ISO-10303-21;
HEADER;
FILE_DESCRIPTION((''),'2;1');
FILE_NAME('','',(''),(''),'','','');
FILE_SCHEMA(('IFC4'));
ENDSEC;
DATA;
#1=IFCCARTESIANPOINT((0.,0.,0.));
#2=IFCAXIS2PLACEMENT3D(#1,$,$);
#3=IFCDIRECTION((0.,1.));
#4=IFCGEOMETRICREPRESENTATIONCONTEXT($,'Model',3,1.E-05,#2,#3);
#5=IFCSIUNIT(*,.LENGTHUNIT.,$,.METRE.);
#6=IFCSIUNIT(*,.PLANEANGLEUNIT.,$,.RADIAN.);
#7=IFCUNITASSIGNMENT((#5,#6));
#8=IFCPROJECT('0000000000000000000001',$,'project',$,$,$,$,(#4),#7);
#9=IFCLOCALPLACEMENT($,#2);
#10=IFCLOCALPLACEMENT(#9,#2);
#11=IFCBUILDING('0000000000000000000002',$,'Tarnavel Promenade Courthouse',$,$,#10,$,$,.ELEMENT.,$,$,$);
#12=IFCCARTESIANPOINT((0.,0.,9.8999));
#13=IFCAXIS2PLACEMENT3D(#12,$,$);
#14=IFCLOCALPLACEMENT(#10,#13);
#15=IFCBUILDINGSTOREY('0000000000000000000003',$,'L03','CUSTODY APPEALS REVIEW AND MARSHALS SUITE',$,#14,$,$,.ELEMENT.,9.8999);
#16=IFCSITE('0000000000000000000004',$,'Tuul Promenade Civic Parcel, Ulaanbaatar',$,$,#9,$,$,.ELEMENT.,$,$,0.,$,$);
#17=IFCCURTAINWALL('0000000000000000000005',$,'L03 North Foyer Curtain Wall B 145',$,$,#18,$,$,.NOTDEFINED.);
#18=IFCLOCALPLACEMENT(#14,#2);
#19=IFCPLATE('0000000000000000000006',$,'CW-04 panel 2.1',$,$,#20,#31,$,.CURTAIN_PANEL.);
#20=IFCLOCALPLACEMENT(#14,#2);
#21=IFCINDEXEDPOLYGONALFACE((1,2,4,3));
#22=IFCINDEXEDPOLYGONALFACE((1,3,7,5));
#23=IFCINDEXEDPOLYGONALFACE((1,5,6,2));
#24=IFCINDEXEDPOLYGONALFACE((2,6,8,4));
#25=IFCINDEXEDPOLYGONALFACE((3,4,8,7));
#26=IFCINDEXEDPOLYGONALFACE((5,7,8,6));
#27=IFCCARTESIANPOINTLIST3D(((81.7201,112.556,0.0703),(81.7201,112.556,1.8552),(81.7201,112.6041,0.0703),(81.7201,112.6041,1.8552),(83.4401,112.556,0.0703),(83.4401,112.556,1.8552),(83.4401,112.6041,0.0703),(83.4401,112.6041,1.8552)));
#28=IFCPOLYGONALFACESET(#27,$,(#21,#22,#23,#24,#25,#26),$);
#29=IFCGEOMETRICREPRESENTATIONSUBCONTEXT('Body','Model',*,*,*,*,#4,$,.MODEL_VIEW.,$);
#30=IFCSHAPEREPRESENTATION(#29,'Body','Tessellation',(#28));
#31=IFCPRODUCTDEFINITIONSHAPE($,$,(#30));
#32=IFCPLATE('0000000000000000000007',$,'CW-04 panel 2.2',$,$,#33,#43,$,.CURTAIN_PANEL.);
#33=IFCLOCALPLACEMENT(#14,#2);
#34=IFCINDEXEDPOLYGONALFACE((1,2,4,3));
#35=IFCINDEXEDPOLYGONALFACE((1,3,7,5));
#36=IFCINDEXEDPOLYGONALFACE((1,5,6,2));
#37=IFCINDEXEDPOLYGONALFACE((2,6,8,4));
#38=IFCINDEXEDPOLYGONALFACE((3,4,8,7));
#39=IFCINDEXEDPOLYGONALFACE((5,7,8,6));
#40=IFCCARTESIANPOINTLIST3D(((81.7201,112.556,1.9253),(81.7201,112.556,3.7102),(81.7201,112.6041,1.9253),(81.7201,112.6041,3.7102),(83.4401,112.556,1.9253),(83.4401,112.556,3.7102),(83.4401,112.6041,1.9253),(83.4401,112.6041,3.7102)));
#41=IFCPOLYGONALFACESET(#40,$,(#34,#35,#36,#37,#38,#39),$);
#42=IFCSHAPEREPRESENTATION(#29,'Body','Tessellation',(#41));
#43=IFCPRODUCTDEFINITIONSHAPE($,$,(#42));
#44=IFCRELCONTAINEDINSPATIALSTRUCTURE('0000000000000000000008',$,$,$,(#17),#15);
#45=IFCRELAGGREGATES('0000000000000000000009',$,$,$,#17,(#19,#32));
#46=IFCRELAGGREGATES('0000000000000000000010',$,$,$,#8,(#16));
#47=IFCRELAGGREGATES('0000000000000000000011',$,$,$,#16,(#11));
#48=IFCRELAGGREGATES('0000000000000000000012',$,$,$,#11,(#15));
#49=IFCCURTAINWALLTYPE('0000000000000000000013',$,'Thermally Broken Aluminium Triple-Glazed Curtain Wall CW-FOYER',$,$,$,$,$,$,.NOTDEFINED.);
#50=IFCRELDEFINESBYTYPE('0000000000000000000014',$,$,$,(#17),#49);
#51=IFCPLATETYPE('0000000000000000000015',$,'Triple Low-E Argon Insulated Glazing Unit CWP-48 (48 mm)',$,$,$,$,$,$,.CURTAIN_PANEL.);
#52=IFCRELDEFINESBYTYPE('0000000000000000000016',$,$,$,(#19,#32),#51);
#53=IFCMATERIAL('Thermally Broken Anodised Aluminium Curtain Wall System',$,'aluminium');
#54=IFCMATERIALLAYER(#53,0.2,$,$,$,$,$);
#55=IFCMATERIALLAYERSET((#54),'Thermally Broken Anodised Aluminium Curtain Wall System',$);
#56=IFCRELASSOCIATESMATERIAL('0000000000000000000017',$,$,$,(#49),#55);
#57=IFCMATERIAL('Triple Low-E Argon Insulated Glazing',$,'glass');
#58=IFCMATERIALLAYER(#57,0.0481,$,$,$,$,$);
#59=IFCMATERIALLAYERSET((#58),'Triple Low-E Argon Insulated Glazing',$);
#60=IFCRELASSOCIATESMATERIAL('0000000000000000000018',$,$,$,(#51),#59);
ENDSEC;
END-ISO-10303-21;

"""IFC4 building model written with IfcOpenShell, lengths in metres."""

from ifc_helpers import new_model, si_unit, direction, frame, origin, origin_2d, place, context, subcontext, project, spatial, rectangle, extrude, material, layer, layer_set, type_object, element, aggregate, save


model = new_model("IFC4")

# Units and contexts
model_context = context("Model", 3, precision=1e-05, world=origin(), true_north=direction((0.0, 1.0)))
body_context = subcontext(model_context, "Body", "Model", "MODEL_VIEW")
ifc_project = project(units=[si_unit("LENGTHUNIT", "METRE"), si_unit("PLANEANGLEUNIT", "RADIAN")], contexts=[model_context])

# Site, building, storey
site_placement = place(None, origin())
site = spatial("IfcSite", under=ifc_project, at=site_placement, Name="Tuul Promenade Civic Parcel, Ulaanbaatar", CompositionType="ELEMENT", RefElevation=0.0)
building_placement = place(site_placement, origin())
building = spatial("IfcBuilding", under=site, at=building_placement, Name="Tarnavel Promenade Courthouse", CompositionType="ELEMENT")
storey_placement = place(building_placement, frame((0.0, 0.0, 9.8999)))
storey = spatial("IfcBuildingStorey", under=building, at=storey_placement, Name="L03", Description="CUSTODY APPEALS REVIEW AND MARSHALS SUITE", CompositionType="ELEMENT", Elevation=9.8999)

# Shared definitions
ifc_material_1 = material(Name="Thermally Broken Anodised Aluminium Curtain Wall System", Category="aluminium")
ifc_layer_1 = layer(ifc_material_1, 0.2)
ifc_layer_set_1 = layer_set([ifc_layer_1], Name="Thermally Broken Anodised Aluminium Curtain Wall System")
curtain_wall_type = type_object("IfcCurtainWallType", Name="Thermally Broken Aluminium Triple-Glazed Curtain Wall CW-FOYER", PredefinedType="NOTDEFINED", material=ifc_layer_set_1)

# Curtain wall
curtain_wall_1_placement = place(storey_placement, origin())
curtain_wall_1 = element("IfcCurtainWall", 1, at=curtain_wall_1_placement, inside=storey, type_object=curtain_wall_type, Name="L03 North Foyer Curtain Wall B 145", PredefinedType="NOTDEFINED")

# Plates
ifc_material_2 = material(Name="Triple Low-E Argon Insulated Glazing", Category="glass")
ifc_layer_2 = layer(ifc_material_2, 0.0481)
ifc_layer_set_2 = layer_set([ifc_layer_2], Name="Triple Low-E Argon Insulated Glazing")
plate_type = type_object("IfcPlateType", Name="Triple Low-E Argon Insulated Glazing Unit CWP-48 (48 mm)", PredefinedType="CURTAIN_PANEL", material=ifc_layer_set_2)
plate_1_placement = place(storey_placement, frame((82.5801, 112.5801, 0.0703), z_axis=(0.0, 0.0, 1.0), x_axis=(1.0, 0.0, 0.0)))
plate_1 = element("IfcPlate", 2, at=plate_1_placement, type_object=plate_type, Name="CW-04 panel 2.1", PredefinedType="CURTAIN_PANEL", context=body_context, shape_type="SweptSolid", body=[
    extrude(rectangle(XDim=1.72, YDim=0.0481, at=origin_2d()), origin(), (0.0, 0.0, 1.0), 1.7849),
])
plate_2_placement = place(storey_placement, frame((82.5801, 112.5801, 1.9253), z_axis=(0.0, 0.0, 1.0), x_axis=(1.0, 0.0, 0.0)))
plate_2 = element("IfcPlate", 3, at=plate_2_placement, type_object=plate_type, Name="CW-04 panel 2.2", PredefinedType="CURTAIN_PANEL", context=body_context, shape_type="SweptSolid", body=[
    extrude(rectangle(XDim=1.72, YDim=0.0481, at=origin_2d()), origin(), (0.0, 0.0, 1.0), 1.7849),
])
aggregate(curtain_wall_1, [plate_1, plate_2])

save(model, "model.ifc")
